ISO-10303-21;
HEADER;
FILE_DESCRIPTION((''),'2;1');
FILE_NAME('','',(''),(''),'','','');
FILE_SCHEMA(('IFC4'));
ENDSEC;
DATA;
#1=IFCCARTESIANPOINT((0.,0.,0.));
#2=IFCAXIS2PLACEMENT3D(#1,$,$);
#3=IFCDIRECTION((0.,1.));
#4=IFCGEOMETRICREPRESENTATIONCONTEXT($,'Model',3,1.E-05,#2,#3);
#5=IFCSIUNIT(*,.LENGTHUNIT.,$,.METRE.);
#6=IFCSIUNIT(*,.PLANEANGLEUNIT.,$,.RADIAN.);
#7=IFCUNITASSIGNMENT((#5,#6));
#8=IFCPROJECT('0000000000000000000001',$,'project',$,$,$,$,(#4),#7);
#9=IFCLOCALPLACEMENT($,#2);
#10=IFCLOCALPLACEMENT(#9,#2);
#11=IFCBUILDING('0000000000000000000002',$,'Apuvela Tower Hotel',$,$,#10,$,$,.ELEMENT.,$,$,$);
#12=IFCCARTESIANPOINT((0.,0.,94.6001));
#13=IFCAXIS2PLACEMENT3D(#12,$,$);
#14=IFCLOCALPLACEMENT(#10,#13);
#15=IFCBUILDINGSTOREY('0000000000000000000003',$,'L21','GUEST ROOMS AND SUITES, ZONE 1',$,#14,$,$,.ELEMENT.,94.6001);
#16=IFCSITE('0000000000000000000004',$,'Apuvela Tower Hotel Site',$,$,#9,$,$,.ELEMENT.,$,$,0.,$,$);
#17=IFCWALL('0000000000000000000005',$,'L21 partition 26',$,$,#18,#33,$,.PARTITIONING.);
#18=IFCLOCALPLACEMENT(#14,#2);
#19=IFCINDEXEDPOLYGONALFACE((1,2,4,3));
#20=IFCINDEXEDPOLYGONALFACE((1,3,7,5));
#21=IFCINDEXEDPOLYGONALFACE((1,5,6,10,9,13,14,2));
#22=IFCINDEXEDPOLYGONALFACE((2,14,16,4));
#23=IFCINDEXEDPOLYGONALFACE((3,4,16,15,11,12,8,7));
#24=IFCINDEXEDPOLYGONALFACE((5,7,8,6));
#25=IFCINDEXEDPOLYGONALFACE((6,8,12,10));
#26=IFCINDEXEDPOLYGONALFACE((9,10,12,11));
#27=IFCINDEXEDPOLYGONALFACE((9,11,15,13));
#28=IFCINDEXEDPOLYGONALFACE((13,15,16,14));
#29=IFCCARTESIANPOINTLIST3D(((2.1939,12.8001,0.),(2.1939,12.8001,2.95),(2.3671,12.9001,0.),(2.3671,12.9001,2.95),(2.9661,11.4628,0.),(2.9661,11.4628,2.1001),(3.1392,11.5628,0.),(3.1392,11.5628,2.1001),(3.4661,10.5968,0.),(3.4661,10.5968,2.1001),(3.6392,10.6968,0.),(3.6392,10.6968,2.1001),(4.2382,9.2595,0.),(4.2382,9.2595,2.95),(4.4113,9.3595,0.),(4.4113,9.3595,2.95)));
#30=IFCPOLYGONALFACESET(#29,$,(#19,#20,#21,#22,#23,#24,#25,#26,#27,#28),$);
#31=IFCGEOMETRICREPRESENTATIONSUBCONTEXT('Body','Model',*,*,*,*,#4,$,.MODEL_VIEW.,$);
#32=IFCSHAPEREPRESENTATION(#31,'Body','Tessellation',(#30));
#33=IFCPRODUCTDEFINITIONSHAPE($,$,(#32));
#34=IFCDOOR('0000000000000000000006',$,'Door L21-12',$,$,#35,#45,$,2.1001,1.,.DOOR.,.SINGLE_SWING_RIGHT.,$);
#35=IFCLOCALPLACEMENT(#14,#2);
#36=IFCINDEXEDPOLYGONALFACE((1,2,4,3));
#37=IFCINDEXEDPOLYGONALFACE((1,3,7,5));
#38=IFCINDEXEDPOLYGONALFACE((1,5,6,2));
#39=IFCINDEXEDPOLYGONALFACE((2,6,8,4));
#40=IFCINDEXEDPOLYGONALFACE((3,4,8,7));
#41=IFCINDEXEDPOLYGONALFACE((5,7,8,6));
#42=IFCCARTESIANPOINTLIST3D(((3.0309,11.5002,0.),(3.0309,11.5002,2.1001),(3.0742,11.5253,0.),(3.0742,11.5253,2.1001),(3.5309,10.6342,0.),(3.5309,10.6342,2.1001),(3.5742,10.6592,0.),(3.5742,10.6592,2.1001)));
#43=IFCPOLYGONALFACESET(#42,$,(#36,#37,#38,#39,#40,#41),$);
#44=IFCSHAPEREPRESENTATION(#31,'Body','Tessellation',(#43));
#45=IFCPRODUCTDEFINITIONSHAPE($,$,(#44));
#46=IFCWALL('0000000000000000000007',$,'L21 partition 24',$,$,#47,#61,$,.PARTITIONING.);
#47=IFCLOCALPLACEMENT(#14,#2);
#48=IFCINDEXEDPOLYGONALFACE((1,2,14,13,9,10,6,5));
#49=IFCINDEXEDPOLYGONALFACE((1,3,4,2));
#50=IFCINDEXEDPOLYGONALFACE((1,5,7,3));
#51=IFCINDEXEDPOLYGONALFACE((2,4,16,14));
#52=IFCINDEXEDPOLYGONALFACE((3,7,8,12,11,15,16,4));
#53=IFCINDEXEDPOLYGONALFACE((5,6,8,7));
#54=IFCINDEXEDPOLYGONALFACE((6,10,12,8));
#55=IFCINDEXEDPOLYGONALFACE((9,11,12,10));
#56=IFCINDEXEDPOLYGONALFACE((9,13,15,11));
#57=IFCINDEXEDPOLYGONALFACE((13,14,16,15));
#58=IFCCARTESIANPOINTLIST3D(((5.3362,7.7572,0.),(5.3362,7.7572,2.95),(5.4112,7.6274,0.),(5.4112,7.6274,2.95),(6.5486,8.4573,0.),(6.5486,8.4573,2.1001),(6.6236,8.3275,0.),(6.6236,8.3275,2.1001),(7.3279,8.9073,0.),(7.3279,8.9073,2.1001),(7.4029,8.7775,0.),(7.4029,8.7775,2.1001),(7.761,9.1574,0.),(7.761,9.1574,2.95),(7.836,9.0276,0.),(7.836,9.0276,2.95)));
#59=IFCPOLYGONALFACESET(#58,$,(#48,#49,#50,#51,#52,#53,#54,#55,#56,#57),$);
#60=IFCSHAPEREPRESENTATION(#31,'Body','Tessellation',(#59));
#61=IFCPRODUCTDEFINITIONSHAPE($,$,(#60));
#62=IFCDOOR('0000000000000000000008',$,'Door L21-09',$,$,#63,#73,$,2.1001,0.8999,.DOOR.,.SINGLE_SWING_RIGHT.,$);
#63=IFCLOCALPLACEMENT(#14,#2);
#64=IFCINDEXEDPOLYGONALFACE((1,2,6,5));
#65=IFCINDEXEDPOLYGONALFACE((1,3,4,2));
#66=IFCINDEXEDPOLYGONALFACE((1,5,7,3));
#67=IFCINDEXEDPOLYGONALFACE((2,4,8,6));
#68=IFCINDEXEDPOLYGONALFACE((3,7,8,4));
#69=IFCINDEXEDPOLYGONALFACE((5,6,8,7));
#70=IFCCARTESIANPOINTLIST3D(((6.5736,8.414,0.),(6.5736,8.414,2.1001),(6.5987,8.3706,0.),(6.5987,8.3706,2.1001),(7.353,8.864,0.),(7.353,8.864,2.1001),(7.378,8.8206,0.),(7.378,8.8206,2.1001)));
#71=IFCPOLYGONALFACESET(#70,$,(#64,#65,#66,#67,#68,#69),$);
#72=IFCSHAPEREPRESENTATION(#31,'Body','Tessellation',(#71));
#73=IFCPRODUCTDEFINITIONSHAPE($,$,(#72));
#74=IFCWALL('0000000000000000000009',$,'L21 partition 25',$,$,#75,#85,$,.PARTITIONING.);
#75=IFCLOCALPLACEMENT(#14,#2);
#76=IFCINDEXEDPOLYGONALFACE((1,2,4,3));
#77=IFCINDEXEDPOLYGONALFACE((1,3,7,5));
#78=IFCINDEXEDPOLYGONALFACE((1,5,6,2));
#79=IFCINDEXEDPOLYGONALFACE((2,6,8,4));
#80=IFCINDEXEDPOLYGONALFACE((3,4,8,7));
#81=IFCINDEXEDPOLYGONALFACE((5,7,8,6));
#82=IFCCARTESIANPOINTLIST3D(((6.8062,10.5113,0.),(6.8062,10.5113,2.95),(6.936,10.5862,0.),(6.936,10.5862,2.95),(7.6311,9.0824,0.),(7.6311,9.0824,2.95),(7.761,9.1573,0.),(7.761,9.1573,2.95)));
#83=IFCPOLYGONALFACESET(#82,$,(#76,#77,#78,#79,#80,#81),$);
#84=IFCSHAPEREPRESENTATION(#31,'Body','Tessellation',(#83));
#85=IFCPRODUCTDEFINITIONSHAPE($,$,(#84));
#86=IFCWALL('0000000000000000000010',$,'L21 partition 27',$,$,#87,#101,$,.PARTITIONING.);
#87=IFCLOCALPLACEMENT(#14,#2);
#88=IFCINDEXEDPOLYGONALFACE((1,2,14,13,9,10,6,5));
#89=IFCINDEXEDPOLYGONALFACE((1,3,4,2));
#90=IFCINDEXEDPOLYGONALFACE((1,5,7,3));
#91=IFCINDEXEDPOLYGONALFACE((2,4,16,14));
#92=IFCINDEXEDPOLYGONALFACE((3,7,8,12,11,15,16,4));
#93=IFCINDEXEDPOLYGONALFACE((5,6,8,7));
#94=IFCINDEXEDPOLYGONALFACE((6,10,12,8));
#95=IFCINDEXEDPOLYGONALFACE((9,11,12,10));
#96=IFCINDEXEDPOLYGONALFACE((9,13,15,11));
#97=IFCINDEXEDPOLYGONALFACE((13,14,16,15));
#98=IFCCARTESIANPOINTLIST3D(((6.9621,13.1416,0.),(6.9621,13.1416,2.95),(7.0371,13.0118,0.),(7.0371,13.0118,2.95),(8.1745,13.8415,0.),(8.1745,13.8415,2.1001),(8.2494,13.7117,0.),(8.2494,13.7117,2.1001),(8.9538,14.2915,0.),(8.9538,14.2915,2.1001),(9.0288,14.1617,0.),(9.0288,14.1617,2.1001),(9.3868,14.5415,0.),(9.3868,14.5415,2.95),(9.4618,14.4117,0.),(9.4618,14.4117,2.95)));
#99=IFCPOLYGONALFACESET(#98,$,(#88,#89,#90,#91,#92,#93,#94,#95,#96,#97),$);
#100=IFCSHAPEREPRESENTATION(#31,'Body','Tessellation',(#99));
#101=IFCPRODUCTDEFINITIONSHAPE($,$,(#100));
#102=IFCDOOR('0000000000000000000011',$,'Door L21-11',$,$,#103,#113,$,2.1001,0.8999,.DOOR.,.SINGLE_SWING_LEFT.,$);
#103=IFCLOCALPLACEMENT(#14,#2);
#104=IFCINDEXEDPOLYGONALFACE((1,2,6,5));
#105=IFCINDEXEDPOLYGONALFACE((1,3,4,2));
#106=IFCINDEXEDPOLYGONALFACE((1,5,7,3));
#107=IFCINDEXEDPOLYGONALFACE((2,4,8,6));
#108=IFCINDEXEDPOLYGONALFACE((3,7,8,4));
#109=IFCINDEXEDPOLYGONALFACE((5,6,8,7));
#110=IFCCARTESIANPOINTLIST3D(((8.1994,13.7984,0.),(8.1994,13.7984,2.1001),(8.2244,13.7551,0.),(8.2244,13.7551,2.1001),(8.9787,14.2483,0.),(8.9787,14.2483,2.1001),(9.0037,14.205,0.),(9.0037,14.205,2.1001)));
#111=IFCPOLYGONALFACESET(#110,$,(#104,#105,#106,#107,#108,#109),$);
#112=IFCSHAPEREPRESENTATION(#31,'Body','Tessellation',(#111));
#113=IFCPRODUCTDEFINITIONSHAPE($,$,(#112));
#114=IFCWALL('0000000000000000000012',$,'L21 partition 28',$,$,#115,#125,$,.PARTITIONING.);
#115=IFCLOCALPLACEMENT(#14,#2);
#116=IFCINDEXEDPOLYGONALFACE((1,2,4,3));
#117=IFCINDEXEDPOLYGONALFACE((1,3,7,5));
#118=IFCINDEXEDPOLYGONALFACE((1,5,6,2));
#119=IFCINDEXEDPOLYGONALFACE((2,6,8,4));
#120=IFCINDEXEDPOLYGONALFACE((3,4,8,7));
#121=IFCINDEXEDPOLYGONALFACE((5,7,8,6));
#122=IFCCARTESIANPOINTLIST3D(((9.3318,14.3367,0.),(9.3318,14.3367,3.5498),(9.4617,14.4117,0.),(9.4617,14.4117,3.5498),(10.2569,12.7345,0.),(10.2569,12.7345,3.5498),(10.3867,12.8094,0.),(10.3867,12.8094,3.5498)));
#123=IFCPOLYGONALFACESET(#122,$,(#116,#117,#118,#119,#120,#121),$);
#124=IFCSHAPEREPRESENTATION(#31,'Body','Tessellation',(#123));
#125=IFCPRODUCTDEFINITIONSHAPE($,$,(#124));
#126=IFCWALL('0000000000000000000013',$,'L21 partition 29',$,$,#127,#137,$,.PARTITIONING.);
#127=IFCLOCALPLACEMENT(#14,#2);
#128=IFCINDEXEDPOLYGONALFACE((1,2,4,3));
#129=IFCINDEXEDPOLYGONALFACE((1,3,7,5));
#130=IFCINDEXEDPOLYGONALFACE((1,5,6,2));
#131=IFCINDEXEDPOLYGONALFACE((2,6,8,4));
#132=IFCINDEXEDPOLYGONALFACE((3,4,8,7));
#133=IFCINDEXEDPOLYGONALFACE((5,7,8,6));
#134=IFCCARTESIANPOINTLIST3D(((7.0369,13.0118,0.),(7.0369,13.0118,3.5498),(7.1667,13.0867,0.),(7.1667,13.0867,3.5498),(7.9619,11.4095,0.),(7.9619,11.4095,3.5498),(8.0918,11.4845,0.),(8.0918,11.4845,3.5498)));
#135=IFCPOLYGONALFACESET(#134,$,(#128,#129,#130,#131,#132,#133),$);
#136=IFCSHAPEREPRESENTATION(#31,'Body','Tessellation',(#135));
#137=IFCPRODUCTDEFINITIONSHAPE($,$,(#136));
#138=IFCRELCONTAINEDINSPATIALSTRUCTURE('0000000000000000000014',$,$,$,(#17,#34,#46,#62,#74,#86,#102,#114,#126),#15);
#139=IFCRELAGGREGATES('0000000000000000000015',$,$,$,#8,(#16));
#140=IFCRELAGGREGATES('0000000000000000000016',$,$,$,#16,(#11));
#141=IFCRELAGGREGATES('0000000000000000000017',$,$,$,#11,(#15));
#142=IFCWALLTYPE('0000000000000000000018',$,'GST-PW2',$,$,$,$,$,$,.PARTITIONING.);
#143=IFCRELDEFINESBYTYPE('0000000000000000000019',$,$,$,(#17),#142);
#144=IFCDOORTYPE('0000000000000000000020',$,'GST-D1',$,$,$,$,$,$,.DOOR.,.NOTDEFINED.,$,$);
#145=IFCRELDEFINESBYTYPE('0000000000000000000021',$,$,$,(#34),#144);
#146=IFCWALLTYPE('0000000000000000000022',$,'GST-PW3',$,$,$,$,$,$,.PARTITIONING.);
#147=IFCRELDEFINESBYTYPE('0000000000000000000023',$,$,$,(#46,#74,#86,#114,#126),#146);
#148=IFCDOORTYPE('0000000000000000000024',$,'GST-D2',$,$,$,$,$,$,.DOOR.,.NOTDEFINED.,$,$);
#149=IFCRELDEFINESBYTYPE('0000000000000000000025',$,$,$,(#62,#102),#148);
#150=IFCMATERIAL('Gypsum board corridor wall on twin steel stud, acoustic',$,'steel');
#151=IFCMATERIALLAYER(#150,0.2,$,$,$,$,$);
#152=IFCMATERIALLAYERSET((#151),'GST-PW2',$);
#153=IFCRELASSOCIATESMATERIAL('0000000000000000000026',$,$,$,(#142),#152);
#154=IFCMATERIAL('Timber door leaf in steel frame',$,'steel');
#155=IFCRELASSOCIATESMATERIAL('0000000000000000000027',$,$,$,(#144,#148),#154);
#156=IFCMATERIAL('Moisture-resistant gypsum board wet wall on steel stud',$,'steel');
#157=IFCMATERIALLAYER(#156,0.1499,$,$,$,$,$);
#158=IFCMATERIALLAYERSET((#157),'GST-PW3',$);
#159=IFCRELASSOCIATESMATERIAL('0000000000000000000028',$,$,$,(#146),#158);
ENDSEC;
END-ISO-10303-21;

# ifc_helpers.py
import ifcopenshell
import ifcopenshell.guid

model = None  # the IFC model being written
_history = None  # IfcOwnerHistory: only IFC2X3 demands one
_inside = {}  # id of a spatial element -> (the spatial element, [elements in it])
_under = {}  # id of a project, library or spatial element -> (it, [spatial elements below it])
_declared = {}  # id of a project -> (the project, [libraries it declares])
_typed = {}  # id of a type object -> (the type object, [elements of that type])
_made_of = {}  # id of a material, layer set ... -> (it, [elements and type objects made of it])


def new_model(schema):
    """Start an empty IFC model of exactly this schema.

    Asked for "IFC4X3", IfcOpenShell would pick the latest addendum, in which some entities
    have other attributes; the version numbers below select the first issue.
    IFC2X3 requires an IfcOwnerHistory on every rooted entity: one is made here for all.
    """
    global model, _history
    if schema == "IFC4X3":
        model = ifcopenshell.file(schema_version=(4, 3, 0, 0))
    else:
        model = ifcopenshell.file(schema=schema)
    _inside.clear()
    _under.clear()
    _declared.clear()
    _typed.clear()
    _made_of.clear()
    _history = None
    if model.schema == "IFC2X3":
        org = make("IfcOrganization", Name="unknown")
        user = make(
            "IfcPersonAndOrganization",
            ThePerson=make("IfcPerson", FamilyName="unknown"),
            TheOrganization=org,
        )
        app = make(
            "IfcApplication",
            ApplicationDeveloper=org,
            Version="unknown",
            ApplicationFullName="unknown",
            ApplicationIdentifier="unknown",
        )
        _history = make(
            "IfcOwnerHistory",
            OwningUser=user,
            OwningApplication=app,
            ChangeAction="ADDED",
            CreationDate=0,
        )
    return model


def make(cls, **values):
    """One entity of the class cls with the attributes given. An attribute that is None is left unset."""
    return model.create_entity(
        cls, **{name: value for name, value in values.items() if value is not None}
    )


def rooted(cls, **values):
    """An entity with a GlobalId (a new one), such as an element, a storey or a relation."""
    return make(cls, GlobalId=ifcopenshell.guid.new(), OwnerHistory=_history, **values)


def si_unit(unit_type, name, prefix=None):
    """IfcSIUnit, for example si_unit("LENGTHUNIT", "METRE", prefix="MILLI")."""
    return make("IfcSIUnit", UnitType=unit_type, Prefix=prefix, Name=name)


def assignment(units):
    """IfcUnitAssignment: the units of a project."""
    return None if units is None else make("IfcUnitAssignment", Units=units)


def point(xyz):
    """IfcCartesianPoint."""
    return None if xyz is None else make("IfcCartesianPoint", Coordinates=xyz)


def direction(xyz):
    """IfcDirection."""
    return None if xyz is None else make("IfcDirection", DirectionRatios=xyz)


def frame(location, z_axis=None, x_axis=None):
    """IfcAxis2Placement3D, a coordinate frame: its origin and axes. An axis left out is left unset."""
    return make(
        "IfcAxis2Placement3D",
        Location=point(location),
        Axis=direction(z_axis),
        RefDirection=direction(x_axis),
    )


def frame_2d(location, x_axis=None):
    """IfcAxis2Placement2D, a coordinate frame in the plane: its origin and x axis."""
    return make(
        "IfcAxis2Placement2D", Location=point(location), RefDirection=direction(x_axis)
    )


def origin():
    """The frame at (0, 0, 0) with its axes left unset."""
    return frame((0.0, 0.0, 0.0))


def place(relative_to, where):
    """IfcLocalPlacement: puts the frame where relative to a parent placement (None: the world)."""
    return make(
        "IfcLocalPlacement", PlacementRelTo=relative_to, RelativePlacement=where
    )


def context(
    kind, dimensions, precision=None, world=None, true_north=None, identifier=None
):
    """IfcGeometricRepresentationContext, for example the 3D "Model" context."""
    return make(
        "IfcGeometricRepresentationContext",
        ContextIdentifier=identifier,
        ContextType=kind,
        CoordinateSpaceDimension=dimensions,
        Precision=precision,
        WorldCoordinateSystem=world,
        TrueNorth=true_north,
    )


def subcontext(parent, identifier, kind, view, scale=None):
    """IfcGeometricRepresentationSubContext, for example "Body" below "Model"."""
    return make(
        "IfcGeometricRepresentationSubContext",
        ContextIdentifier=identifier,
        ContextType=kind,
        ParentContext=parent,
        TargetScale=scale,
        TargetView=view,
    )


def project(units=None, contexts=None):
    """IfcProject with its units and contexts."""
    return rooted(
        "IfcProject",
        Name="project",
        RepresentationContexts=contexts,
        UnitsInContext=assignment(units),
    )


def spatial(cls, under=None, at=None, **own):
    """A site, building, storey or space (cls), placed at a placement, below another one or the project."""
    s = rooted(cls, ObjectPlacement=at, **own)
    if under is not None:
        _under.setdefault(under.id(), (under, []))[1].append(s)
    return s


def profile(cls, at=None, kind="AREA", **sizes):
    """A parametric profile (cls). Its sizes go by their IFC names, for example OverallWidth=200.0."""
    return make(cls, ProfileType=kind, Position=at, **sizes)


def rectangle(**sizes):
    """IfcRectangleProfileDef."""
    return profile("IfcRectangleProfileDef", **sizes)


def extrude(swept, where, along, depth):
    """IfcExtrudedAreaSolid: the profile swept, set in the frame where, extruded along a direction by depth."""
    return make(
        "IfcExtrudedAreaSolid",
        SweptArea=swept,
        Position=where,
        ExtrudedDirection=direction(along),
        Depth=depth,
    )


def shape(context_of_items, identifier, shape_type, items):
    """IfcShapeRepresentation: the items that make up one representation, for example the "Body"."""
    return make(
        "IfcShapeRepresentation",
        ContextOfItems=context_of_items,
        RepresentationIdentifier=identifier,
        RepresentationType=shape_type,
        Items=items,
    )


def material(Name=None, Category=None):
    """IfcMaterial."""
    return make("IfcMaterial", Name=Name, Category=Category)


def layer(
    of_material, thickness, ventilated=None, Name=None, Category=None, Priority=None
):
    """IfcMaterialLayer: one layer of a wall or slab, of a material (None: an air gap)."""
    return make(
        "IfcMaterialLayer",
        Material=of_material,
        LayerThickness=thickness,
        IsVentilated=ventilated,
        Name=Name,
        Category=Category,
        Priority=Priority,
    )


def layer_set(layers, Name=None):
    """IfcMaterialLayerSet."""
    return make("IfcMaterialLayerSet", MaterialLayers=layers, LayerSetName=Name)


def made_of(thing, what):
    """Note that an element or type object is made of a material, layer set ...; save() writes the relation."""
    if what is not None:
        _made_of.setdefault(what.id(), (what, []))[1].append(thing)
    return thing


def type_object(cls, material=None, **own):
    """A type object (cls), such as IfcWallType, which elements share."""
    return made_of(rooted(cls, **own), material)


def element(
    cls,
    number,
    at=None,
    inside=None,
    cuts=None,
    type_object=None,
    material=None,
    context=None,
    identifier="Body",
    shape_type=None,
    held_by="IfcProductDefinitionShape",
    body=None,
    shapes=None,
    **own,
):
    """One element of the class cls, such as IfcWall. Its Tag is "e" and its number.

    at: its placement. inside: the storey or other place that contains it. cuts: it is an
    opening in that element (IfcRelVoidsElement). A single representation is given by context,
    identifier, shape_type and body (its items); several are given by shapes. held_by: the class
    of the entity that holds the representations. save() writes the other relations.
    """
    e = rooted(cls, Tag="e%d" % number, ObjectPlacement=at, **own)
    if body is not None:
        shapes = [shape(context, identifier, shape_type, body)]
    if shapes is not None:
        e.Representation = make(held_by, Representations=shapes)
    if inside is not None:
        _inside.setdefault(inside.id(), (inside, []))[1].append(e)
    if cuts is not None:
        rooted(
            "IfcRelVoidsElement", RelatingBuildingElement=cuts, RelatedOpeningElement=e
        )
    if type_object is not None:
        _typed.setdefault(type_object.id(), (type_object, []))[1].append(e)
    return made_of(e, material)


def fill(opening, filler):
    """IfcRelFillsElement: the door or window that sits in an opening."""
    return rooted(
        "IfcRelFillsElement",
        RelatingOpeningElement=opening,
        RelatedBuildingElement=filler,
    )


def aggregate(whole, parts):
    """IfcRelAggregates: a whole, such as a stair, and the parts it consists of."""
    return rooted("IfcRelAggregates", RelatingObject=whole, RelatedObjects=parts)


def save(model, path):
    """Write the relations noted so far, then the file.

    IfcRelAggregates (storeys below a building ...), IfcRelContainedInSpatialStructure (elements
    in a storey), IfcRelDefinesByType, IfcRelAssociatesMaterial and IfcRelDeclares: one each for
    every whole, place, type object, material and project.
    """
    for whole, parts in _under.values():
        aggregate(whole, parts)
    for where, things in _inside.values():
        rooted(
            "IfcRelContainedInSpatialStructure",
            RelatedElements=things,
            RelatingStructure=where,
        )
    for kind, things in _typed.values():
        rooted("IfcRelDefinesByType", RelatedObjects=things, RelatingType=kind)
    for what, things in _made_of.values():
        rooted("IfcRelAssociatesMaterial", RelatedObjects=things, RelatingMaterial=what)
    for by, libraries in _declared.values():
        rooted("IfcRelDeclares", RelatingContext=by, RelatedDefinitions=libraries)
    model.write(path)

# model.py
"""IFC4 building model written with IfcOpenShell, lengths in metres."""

from ifc_helpers import new_model, si_unit, direction, frame, frame_2d, origin, place, context, subcontext, project, spatial, rectangle, extrude, material, layer, layer_set, type_object, element, fill, save


model = new_model("IFC4")

# Units and contexts
model_context = context("Model", 3, precision=1e-05, world=origin(), true_north=direction((0.0, 1.0)))
body_context = subcontext(model_context, "Body", "Model", "MODEL_VIEW")
ifc_project = project(units=[si_unit("LENGTHUNIT", "METRE"), si_unit("PLANEANGLEUNIT", "RADIAN")], contexts=[model_context])

# Site, building, storey
site_placement = place(None, origin())
site = spatial("IfcSite", under=ifc_project, at=site_placement, Name="Apuvela Tower Hotel Site", CompositionType="ELEMENT", RefElevation=0.0)
building_placement = place(site_placement, origin())
building = spatial("IfcBuilding", under=site, at=building_placement, Name="Apuvela Tower Hotel", CompositionType="ELEMENT")
storey_placement = place(building_placement, frame((0.0, 0.0, 94.6001)))
storey = spatial("IfcBuildingStorey", under=building, at=storey_placement, Name="L21", Description="GUEST ROOMS AND SUITES, ZONE 1", CompositionType="ELEMENT", Elevation=94.6001)

# Walls, openings, doors
ifc_material_1 = material(Name="Gypsum board corridor wall on twin steel stud, acoustic", Category="steel")
ifc_layer_1 = layer(ifc_material_1, 0.2)
ifc_layer_set_1 = layer_set([ifc_layer_1], Name="GST-PW2")
wall_type_1 = type_object("IfcWallType", Name="GST-PW2", PredefinedType="PARTITIONING", material=ifc_layer_set_1)
ifc_material_2 = material(Name="Timber door leaf in steel frame", Category="steel")
door_type_1 = type_object("IfcDoorType", Name="GST-D1", OperationType="NOTDEFINED", PredefinedType="DOOR", material=ifc_material_2)
wall_1_placement = place(storey_placement, frame((2.2805, 12.8501, 0.0), z_axis=(0.0, 0.0, 1.0), x_axis=(0.500012, -0.866019, 0.0)))
wall_1 = element("IfcWall", 1, at=wall_1_placement, inside=storey, type_object=wall_type_1, Name="L21 partition 26", PredefinedType="PARTITIONING", context=body_context, shape_type="SweptSolid", body=[
    extrude(rectangle(XDim=4.0884, YDim=0.2, at=frame_2d((2.0442, 0.0))), origin(), (0.0, 0.0, 1.0), 2.95),
])
opening_1_placement = place(wall_1_placement, frame((1.5442, 0.0, 0.0)))
opening_1 = element("IfcOpeningElement", 2, at=opening_1_placement, cuts=wall_1, PredefinedType="OPENING", context=body_context, shape_type="SweptSolid", body=[
    extrude(rectangle(XDim=1.0, YDim=2.1001, at=frame_2d((0.5, 1.05))), frame((0.0, 0.1099, 0.0), z_axis=(0.0, -1.0, 0.0), x_axis=(1.0, 0.0, 0.0)), (0.0, 0.0, 1.0), 0.22),
])
door_1_placement = place(opening_1_placement, origin())
door_1 = element("IfcDoor", 3, at=door_1_placement, inside=storey, type_object=door_type_1, Name="Door L21-12", OperationType="SINGLE_SWING_RIGHT", OverallHeight=2.1001, OverallWidth=1.0, PredefinedType="DOOR", context=body_context, shape_type="SweptSolid", body=[
    extrude(rectangle(XDim=1.0, YDim=2.1001, at=frame_2d((0.5, 1.05))), frame((0.0, 0.0249, 0.0), z_axis=(0.0, -1.0, 0.0), x_axis=(1.0, 0.0, 0.0)), (0.0, 0.0, 1.0), 0.05),
])
fill(opening_1, door_1)
ifc_material_3 = material(Name="Moisture-resistant gypsum board wet wall on steel stud", Category="steel")
ifc_layer_2 = layer(ifc_material_3, 0.1499)
ifc_layer_set_2 = layer_set([ifc_layer_2], Name="GST-PW3")
wall_type_2 = type_object("IfcWallType", Name="GST-PW3", PredefinedType="PARTITIONING", material=ifc_layer_set_2)
wall_2_placement = place(storey_placement, frame((5.3738, 7.6924, 0.0), z_axis=(0.0, 0.0, 1.0), x_axis=(0.865997, 0.50005, 0.0)))
wall_2 = element("IfcWall", 4, at=wall_2_placement, inside=storey, type_object=wall_type_2, Name="L21 partition 24", PredefinedType="PARTITIONING", context=body_context, shape_type="SweptSolid", body=[
    extrude(rectangle(XDim=2.8, YDim=0.1499, at=frame_2d((1.3999, 0.0))), origin(), (0.0, 0.0, 1.0), 2.95),
])
opening_2_placement = place(wall_2_placement, frame((1.3999, 0.0, 0.0)))
opening_2 = element("IfcOpeningElement", 5, at=opening_2_placement, cuts=wall_2, PredefinedType="OPENING", context=body_context, shape_type="SweptSolid", body=[
    extrude(rectangle(XDim=0.8999, YDim=2.1001, at=frame_2d((0.45, 1.05))), frame((0.0, 0.085, 0.0), z_axis=(0.0, -1.0, 0.0), x_axis=(1.0, 0.0, 0.0)), (0.0, 0.0, 1.0), 0.1699),
])
door_type_2 = type_object("IfcDoorType", Name="GST-D2", OperationType="NOTDEFINED", PredefinedType="DOOR", material=ifc_material_2)
door_2_placement = place(opening_2_placement, origin())
door_2 = element("IfcDoor", 6, at=door_2_placement, inside=storey, type_object=door_type_2, Name="Door L21-09", OperationType="SINGLE_SWING_RIGHT", OverallHeight=2.1001, OverallWidth=0.8999, PredefinedType="DOOR", context=body_context, shape_type="SweptSolid", body=[
    extrude(rectangle(XDim=0.8999, YDim=2.1001, at=frame_2d((0.45, 1.05))), frame((0.0, 0.0249, 0.0), z_axis=(0.0, -1.0, 0.0), x_axis=(1.0, 0.0, 0.0)), (0.0, 0.0, 1.0), 0.05),
])
fill(opening_2, door_2)

# Wall
wall_3_placement = place(storey_placement, frame((7.696, 9.1199, 0.0), z_axis=(0.0, 0.0, 1.0), x_axis=(-0.499974, 0.86604, 0.0)))
element("IfcWall", 7, at=wall_3_placement, inside=storey, type_object=wall_type_2, Name="L21 partition 25", PredefinedType="PARTITIONING", context=body_context, shape_type="SweptSolid", body=[
    extrude(rectangle(XDim=1.6499, YDim=0.1499, at=frame_2d((0.825, 0.0))), origin(), (0.0, 0.0, 1.0), 2.95),
])

# Wall, opening, door
wall_4_placement = place(storey_placement, frame((9.4243, 14.4766, 0.0), z_axis=(0.0, 0.0, 1.0), x_axis=(-0.866035, -0.499984, 0.0)))
wall_4 = element("IfcWall", 8, at=wall_4_placement, inside=storey, type_object=wall_type_2, Name="L21 partition 27", PredefinedType="PARTITIONING", context=body_context, shape_type="SweptSolid", body=[
    extrude(rectangle(XDim=2.7998, YDim=0.1499, at=frame_2d((1.3999, 0.0))), origin(), (0.0, 0.0, 1.0), 2.95),
])
opening_3_placement = place(wall_4_placement, frame((0.5, 0.0, 0.0)))
opening_3 = element("IfcOpeningElement", 9, at=opening_3_placement, cuts=wall_4, PredefinedType="OPENING", context=body_context, shape_type="SweptSolid", body=[
    extrude(rectangle(XDim=0.8999, YDim=2.1001, at=frame_2d((0.45, 1.05))), frame((0.0, 0.085, 0.0), z_axis=(0.0, -1.0, 0.0), x_axis=(1.0, 0.0, 0.0)), (0.0, 0.0, 1.0), 0.1699),
])
door_3_placement = place(opening_3_placement, origin())
door_3 = element("IfcDoor", 10, at=door_3_placement, inside=storey, type_object=door_type_2, Name="Door L21-11", OperationType="SINGLE_SWING_LEFT", OverallHeight=2.1001, OverallWidth=0.8999, PredefinedType="DOOR", context=body_context, shape_type="SweptSolid", body=[
    extrude(rectangle(XDim=0.8999, YDim=2.1001, at=frame_2d((0.45, 1.05))), frame((0.0, 0.0249, 0.0), z_axis=(0.0, -1.0, 0.0), x_axis=(1.0, 0.0, 0.0)), (0.0, 0.0, 1.0), 0.05),
])
fill(opening_3, door_3)

# Walls
for number, where, z_axis, x_axis, name in (
    (11, (10.3218, 12.772, 0.0), (0.0, 0.0, 1.0), (-0.499985, 0.866034, 0.0), "L21 partition 28"),
    (12, (8.0269, 11.447, 0.0), (0.0, 0.0, 1.0), (-0.499985, 0.866034, 0.0), "L21 partition 29"),
):
    element("IfcWall", number, at=place(storey_placement, frame(where, z_axis=z_axis, x_axis=x_axis)), inside=storey, type_object=wall_type_2, Name=name, PredefinedType="PARTITIONING", context=body_context, shape_type="SweptSolid", body=[
        extrude(rectangle(XDim=1.8501, YDim=0.1499, at=frame_2d((0.925, 0.0))), origin(), (0.0, 0.0, 1.0), 3.5498),
    ])

save(model, "model.ifc")
